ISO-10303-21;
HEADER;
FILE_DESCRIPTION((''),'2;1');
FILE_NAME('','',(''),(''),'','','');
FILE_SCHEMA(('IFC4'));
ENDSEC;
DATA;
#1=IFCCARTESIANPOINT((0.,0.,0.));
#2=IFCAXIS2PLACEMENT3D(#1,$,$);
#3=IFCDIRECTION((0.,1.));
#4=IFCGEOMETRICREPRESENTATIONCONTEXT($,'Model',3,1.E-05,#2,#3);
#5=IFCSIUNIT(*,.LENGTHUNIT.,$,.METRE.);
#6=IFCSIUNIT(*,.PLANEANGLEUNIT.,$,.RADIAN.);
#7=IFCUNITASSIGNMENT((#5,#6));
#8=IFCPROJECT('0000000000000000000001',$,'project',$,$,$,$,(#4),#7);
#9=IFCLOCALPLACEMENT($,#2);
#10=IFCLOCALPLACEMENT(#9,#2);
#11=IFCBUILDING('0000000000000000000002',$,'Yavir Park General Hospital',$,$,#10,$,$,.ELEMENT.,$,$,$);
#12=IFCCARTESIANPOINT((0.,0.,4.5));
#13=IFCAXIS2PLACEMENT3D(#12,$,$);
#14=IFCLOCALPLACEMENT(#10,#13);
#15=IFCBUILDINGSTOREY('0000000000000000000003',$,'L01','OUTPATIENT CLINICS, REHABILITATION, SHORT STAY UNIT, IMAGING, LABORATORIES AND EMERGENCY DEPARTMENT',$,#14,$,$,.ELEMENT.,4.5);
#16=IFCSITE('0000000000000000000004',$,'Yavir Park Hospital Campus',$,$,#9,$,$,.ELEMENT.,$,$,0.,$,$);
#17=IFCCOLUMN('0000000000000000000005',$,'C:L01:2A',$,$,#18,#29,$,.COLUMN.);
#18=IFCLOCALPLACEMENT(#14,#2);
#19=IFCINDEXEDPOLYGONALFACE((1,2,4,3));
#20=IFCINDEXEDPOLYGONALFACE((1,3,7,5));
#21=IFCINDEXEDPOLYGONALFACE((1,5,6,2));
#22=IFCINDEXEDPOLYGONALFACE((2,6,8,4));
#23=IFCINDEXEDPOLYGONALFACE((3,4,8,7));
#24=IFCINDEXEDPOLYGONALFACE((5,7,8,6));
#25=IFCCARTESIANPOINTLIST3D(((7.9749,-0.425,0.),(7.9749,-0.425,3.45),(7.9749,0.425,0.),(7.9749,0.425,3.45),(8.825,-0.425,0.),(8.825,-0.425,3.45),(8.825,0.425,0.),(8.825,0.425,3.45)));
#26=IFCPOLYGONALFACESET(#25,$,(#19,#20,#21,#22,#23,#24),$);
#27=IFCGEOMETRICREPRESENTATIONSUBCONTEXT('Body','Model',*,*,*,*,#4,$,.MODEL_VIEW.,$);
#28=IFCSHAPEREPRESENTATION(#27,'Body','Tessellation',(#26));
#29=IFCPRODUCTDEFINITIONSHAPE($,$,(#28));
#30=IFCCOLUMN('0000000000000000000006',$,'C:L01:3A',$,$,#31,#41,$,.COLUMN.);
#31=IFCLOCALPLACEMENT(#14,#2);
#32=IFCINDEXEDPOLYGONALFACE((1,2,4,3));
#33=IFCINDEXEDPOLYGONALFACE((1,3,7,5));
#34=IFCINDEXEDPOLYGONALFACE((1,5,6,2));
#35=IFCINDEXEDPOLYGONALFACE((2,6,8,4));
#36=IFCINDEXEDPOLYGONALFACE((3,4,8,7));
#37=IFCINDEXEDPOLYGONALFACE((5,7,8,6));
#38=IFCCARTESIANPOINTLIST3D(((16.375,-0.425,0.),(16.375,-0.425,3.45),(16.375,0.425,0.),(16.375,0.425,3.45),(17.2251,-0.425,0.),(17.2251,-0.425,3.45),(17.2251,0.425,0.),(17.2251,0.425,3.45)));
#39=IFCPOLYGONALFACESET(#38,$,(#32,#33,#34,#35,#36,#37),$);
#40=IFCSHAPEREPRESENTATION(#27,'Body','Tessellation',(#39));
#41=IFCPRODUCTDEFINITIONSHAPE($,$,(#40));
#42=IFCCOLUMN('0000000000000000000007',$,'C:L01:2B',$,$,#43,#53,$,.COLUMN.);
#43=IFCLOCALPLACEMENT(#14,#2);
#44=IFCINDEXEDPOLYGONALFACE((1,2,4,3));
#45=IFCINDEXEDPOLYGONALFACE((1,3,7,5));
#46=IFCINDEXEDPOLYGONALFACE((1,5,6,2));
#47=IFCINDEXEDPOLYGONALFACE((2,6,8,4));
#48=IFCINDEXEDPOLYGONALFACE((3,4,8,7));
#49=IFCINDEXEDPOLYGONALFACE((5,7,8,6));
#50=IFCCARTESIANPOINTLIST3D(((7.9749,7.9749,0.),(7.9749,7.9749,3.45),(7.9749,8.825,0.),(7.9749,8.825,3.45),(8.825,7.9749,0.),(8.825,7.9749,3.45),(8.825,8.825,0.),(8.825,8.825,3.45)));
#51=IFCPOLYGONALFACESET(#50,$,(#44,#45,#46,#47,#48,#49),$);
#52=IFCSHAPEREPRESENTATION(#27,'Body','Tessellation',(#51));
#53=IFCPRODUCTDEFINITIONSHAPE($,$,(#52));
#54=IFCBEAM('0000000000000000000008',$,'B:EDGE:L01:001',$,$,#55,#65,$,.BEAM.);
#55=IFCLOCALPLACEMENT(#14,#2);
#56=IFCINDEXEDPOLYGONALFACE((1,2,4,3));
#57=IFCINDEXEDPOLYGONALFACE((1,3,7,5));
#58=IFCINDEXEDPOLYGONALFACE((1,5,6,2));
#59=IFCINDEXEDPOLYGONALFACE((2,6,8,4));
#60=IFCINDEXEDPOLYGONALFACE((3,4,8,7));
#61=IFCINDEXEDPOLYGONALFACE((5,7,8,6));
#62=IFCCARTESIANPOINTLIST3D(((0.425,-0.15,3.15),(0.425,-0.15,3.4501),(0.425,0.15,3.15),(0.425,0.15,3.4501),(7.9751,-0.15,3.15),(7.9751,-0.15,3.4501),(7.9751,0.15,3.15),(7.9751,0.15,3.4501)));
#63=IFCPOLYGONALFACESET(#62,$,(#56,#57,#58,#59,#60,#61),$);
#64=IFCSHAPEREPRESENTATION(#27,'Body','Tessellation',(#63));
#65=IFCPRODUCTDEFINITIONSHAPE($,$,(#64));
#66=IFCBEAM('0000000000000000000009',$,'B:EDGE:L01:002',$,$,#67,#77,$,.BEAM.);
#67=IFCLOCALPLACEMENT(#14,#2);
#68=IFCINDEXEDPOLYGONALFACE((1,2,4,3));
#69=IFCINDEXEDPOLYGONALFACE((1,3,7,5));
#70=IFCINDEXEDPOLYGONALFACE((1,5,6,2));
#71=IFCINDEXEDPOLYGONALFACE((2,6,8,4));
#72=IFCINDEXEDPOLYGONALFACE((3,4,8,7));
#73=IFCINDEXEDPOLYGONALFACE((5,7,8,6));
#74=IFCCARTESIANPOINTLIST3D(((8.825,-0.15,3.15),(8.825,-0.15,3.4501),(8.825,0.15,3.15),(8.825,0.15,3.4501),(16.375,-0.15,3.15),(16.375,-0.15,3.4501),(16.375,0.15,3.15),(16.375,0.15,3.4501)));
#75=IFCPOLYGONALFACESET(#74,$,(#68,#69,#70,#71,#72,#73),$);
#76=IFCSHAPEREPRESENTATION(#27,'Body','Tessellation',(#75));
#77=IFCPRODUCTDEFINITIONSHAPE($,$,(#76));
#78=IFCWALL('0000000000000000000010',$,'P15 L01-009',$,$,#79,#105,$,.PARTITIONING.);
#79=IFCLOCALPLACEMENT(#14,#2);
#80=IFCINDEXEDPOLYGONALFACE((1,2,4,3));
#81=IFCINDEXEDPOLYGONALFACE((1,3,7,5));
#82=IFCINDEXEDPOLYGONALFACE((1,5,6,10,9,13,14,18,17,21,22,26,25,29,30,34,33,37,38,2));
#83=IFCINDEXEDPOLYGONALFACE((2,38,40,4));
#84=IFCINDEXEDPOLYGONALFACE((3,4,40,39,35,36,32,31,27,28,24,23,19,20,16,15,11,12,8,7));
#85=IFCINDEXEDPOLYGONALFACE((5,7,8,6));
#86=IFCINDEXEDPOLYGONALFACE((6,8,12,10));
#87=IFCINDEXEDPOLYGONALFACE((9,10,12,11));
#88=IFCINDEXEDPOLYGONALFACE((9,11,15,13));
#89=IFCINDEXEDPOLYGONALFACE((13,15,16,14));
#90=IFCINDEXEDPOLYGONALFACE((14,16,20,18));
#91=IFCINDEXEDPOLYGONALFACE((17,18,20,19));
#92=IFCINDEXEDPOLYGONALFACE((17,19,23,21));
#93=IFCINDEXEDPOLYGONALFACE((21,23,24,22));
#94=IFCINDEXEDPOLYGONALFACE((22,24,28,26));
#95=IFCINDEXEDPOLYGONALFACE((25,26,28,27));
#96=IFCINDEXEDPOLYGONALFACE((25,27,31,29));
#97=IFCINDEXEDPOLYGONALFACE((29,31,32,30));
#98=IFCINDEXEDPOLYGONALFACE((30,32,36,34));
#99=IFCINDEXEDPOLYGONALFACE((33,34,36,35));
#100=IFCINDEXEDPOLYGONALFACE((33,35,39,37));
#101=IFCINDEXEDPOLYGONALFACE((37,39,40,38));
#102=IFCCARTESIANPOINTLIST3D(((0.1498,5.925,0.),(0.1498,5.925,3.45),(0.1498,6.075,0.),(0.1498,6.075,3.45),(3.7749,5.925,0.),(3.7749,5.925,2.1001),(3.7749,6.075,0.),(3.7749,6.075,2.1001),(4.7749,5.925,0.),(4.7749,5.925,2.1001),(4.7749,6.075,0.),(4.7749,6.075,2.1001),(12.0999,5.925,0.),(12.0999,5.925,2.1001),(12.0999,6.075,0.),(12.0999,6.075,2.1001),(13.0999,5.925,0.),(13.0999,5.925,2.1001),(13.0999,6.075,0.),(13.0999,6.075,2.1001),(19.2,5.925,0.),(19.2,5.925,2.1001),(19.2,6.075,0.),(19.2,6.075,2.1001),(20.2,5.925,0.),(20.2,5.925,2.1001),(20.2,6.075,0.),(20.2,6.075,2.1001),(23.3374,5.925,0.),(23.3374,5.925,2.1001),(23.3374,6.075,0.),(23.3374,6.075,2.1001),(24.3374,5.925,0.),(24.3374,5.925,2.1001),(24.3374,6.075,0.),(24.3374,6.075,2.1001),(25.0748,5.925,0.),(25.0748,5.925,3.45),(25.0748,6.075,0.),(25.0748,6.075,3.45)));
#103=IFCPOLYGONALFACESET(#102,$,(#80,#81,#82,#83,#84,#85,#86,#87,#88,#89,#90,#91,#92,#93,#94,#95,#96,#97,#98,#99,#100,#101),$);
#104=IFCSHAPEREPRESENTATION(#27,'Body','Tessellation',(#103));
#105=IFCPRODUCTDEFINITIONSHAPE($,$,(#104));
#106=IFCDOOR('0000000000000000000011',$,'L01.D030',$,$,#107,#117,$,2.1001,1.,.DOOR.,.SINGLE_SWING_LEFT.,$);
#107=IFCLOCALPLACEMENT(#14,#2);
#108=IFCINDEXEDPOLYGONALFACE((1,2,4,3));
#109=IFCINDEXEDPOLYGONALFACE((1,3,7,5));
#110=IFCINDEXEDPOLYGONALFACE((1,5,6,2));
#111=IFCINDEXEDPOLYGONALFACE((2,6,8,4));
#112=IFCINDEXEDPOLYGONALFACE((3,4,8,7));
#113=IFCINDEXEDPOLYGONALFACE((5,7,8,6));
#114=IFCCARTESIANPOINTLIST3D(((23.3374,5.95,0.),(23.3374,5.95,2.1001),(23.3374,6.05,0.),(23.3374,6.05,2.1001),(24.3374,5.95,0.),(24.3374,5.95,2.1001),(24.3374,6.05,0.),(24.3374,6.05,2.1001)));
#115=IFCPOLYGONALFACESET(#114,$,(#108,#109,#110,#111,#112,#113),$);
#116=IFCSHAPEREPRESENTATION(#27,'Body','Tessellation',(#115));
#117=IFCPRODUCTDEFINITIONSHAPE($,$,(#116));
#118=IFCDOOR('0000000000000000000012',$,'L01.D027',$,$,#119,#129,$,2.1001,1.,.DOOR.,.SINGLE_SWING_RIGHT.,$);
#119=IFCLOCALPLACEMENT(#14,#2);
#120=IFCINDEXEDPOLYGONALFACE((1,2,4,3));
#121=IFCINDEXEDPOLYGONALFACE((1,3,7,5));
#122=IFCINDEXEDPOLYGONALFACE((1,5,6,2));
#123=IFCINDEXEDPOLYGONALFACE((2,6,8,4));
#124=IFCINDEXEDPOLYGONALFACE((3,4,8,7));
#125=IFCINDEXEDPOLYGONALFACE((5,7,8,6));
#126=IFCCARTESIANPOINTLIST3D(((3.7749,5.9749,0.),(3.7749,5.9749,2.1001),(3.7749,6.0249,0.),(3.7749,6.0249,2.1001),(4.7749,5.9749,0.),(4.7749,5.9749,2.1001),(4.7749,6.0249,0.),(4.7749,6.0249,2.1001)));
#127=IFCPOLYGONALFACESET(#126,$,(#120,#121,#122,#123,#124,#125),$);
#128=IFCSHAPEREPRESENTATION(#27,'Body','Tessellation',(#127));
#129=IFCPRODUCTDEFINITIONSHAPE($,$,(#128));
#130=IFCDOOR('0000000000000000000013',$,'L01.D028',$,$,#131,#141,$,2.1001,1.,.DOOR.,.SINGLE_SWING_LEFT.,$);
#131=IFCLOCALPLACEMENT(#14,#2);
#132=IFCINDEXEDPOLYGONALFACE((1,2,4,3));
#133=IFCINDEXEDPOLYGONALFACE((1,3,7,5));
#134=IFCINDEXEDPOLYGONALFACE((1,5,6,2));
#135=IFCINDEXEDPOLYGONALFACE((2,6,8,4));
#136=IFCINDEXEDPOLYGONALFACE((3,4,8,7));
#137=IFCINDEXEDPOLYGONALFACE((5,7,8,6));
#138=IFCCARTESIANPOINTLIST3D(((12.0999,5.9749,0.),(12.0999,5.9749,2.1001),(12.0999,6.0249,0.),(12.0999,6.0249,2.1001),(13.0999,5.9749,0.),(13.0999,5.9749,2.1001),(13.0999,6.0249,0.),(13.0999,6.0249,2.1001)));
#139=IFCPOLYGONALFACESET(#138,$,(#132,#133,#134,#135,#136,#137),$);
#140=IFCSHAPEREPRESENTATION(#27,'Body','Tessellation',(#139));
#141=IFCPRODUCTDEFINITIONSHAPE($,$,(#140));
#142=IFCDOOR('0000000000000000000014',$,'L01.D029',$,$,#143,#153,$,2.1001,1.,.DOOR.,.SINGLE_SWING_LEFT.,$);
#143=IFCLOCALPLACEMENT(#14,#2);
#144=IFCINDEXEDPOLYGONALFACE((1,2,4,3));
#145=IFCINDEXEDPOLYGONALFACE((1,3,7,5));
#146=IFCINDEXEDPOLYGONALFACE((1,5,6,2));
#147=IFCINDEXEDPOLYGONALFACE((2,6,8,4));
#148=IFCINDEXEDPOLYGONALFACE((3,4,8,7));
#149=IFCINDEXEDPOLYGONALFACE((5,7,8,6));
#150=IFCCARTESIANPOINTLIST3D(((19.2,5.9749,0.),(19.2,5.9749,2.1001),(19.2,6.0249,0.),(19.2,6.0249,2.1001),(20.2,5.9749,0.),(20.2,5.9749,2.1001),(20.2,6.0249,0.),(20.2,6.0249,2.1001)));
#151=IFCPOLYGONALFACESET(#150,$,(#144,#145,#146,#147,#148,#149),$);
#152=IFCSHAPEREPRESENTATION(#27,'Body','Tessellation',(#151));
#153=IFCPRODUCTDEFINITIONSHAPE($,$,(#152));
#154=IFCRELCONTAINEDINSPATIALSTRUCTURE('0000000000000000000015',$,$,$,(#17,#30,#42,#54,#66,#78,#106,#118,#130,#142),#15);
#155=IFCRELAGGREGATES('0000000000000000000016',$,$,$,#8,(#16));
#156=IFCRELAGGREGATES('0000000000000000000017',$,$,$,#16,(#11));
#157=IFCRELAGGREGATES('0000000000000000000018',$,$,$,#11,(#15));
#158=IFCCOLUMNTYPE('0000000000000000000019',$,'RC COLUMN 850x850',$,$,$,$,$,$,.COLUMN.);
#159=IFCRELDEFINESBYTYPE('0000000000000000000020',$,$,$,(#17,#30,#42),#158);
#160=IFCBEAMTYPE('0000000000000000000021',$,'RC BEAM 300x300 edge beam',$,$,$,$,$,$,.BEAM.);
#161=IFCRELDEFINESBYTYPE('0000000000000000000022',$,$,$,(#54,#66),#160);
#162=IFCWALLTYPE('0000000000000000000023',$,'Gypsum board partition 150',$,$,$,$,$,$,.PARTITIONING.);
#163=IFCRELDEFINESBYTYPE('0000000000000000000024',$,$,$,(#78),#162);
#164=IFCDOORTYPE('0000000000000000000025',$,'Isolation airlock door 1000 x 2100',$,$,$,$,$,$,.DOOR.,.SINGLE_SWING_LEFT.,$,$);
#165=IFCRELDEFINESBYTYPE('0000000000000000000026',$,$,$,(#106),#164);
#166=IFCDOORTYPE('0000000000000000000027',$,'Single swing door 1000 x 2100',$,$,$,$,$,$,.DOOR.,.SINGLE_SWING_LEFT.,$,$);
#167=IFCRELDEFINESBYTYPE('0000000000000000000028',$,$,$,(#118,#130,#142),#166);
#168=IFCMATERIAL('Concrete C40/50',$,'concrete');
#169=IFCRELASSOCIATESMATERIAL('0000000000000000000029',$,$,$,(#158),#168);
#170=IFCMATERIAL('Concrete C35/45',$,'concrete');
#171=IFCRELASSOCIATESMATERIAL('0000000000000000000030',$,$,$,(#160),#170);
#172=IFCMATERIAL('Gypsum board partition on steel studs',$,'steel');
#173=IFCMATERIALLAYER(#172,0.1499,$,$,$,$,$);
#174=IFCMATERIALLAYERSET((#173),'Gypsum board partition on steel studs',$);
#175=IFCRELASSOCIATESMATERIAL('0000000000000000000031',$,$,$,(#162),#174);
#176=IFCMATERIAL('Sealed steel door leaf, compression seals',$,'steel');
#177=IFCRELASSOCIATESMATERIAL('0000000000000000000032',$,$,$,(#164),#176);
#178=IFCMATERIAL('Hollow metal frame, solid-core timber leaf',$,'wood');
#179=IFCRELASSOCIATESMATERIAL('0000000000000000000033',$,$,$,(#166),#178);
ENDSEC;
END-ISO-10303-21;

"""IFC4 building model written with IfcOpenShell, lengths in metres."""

from ifc_helpers import new_model, si_unit, direction, frame, frame_2d, origin, origin_2d, place, context, subcontext, project, spatial, rectangle, extrude, material, layer, layer_set, material_profile, profile_set, type_object, element, fill, save


model = new_model("IFC4")

# Units and contexts
model_context = context("Model", 3, precision=1e-05, world=origin(), true_north=direction((0.0, 1.0)))
body_context = subcontext(model_context, "Body", "Model", "MODEL_VIEW")
ifc_project = project(units=[si_unit("LENGTHUNIT", "METRE"), si_unit("PLANEANGLEUNIT", "RADIAN")], contexts=[model_context])

# Site, building, storey
site_placement = place(None, origin())
site = spatial("IfcSite", under=ifc_project, at=site_placement, Name="Yavir Park Hospital Campus", CompositionType="ELEMENT", RefElevation=0.0)
building_placement = place(site_placement, origin())
building = spatial("IfcBuilding", under=site, at=building_placement, Name="Yavir Park General Hospital", CompositionType="ELEMENT")
storey_placement = place(building_placement, frame((0.0, 0.0, 4.5)))
storey = spatial("IfcBuildingStorey", under=building, at=storey_placement, Name="L01", Description="OUTPATIENT CLINICS, REHABILITATION, SHORT STAY UNIT, IMAGING, LABORATORIES AND EMERGENCY DEPARTMENT", CompositionType="ELEMENT", Elevation=4.5)

# Columns
ifc_material_1 = material(Name="Concrete C40/50", Category="concrete")
ifc_material_profile_1 = material_profile(ifc_material_1, rectangle(XDim=0.8501, YDim=0.8501, at=origin_2d()), Name="RC850x850")
ifc_profile_set_1 = profile_set([ifc_material_profile_1], Name="Concrete C40/50")
column_type = type_object("IfcColumnType", Name="RC COLUMN 850x850", PredefinedType="COLUMN", material=ifc_profile_set_1)
for number, where, z_axis, x_axis, name in (
    (1, (8.3999, 0.0, 0.0), (0.0, 0.0, 1.0), (1.0, 0.0, 0.0), "C:L01:2A"),
    (2, (16.8, 0.0, 0.0), (0.0, 0.0, 1.0), (1.0, 0.0, 0.0), "C:L01:3A"),
    (3, (8.3999, 8.3999, 0.0), (0.0, 0.0, 1.0), (1.0, 0.0, 0.0), "C:L01:2B"),
):
    element("IfcColumn", number, at=place(storey_placement, frame(where, z_axis=z_axis, x_axis=x_axis)), inside=storey, type_object=column_type, Name=name, PredefinedType="COLUMN", context=body_context, shape_type="SweptSolid", body=[
        extrude(rectangle(XDim=0.8501, YDim=0.8501, at=origin_2d()), origin(), (0.0, 0.0, 1.0), 3.45),
    ])

# Beams
ifc_material_2 = material(Name="Concrete C35/45", Category="concrete")
ifc_material_profile_2 = material_profile(ifc_material_2, rectangle(XDim=0.3, YDim=0.3, at=origin_2d()), Name="RC300x300")
ifc_profile_set_2 = profile_set([ifc_material_profile_2], Name="Concrete C35/45")
beam_type = type_object("IfcBeamType", Name="RC BEAM 300x300 edge beam", PredefinedType="BEAM", material=ifc_profile_set_2)
for number, where, z_axis, x_axis, name in (
    (4, (0.425, 0.0, 3.3), (1.0, 0.0, 0.0), (0.0, 1.0, 0.0), "B:EDGE:L01:001"),
    (5, (8.825, 0.0, 3.3), (1.0, 0.0, 0.0), (0.0, 1.0, 0.0), "B:EDGE:L01:002"),
):
    element("IfcBeam", number, at=place(storey_placement, frame(where, z_axis=z_axis, x_axis=x_axis)), inside=storey, type_object=beam_type, Name=name, PredefinedType="BEAM", context=body_context, shape_type="SweptSolid", body=[
        extrude(rectangle(XDim=0.3, YDim=0.3, at=origin_2d()), origin(), (0.0, 0.0, 1.0), 7.55),
    ])

# Wall, openings, doors
ifc_material_3 = material(Name="Gypsum board partition on steel studs", Category="steel")
ifc_layer_1 = layer(ifc_material_3, 0.1499)
ifc_layer_set_1 = layer_set([ifc_layer_1], Name="Gypsum board partition on steel studs")
wall_type_1 = type_object("IfcWallType", Name="Gypsum board partition 150", PredefinedType="PARTITIONING", material=ifc_layer_set_1)
wall_1_placement = place(storey_placement, frame((0.1499, 6.0, 0.0), z_axis=(0.0, 0.0, 1.0), x_axis=(1.0, 0.0, 0.0)))
wall_1 = element("IfcWall", 6, at=wall_1_placement, inside=storey, type_object=wall_type_1, Name="P15 L01-009", PredefinedType="PARTITIONING", context=body_context, shape_type="SweptSolid", body=[
    extrude(rectangle(XDim=24.925, YDim=0.1499, at=frame_2d((12.4624, 0.0))), origin(), (0.0, 0.0, 1.0), 3.45),
])
opening_1_placement = place(wall_1_placement, frame((3.625, 0.0, 0.0)))
opening_1 = element("IfcOpeningElement", 7, at=opening_1_placement, cuts=wall_1, PredefinedType="OPENING", context=body_context, shape_type="SweptSolid", body=[
    extrude(rectangle(XDim=1.0, YDim=2.1001, at=frame_2d((0.5, 1.05))), frame((0.0, 0.085, 0.0), z_axis=(0.0, -1.0, 0.0), x_axis=(1.0, 0.0, 0.0)), (0.0, 0.0, 1.0), 0.1699),
])
opening_2_placement = place(wall_1_placement, frame((11.95, 0.0, 0.0)))
opening_2 = element("IfcOpeningElement", 8, at=opening_2_placement, cuts=wall_1, PredefinedType="OPENING", context=body_context, shape_type="SweptSolid", body=[
    extrude(rectangle(XDim=1.0, YDim=2.1001, at=frame_2d((0.5, 1.05))), frame((0.0, 0.085, 0.0), z_axis=(0.0, -1.0, 0.0), x_axis=(1.0, 0.0, 0.0)), (0.0, 0.0, 1.0), 0.1699),
])
opening_3_placement = place(wall_1_placement, frame((19.05, 0.0, 0.0)))
opening_3 = element("IfcOpeningElement", 9, at=opening_3_placement, cuts=wall_1, PredefinedType="OPENING", context=body_context, shape_type="SweptSolid", body=[
    extrude(rectangle(XDim=1.0, YDim=2.1001, at=frame_2d((0.5, 1.05))), frame((0.0, 0.085, 0.0), z_axis=(0.0, -1.0, 0.0), x_axis=(1.0, 0.0, 0.0)), (0.0, 0.0, 1.0), 0.1699),
])
opening_4_placement = place(wall_1_placement, frame((23.1875, 0.0, 0.0)))
opening_4 = element("IfcOpeningElement", 10, at=opening_4_placement, cuts=wall_1, PredefinedType="OPENING", context=body_context, shape_type="SweptSolid", body=[
    extrude(rectangle(XDim=1.0, YDim=2.1001, at=frame_2d((0.5, 1.05))), frame((0.0, 0.085, 0.0), z_axis=(0.0, -1.0, 0.0), x_axis=(1.0, 0.0, 0.0)), (0.0, 0.0, 1.0), 0.1699),
])
ifc_material_4 = material(Name="Sealed steel door leaf, compression seals", Category="steel")
door_type_1 = type_object("IfcDoorType", Name="Isolation airlock door 1000 x 2100", OperationType="SINGLE_SWING_LEFT", PredefinedType="DOOR", material=ifc_material_4)
door_1_placement = place(opening_4_placement, origin())
door_1 = element("IfcDoor", 11, at=door_1_placement, inside=storey, type_object=door_type_1, Name="L01.D030", OperationType="SINGLE_SWING_LEFT", OverallHeight=2.1001, OverallWidth=1.0, PredefinedType="DOOR", context=body_context, shape_type="SweptSolid", body=[
    extrude(rectangle(XDim=1.0, YDim=2.1001, at=frame_2d((0.5, 1.05))), frame((0.0, 0.05, 0.0), z_axis=(0.0, -1.0, 0.0), x_axis=(1.0, 0.0, 0.0)), (0.0, 0.0, 1.0), 0.1001),
])
fill(opening_4, door_1)
ifc_material_5 = material(Name="Hollow metal frame, solid-core timber leaf", Category="wood")
door_type_2 = type_object("IfcDoorType", Name="Single swing door 1000 x 2100", OperationType="SINGLE_SWING_LEFT", PredefinedType="DOOR", material=ifc_material_5)
door_2_placement = place(opening_1_placement, origin())
door_2 = element("IfcDoor", 12, at=door_2_placement, inside=storey, type_object=door_type_2, Name="L01.D027", OperationType="SINGLE_SWING_RIGHT", OverallHeight=2.1001, OverallWidth=1.0, PredefinedType="DOOR", context=body_context, shape_type="SweptSolid", body=[
    extrude(rectangle(XDim=1.0, YDim=2.1001, at=frame_2d((0.5, 1.05))), frame((0.0, 0.0249, 0.0), z_axis=(0.0, -1.0, 0.0), x_axis=(1.0, 0.0, 0.0)), (0.0, 0.0, 1.0), 0.05),
])
fill(opening_1, door_2)
door_3_placement = place(opening_2_placement, origin())
door_3 = element("IfcDoor", 13, at=door_3_placement, inside=storey, type_object=door_type_2, Name="L01.D028", OperationType="SINGLE_SWING_LEFT", OverallHeight=2.1001, OverallWidth=1.0, PredefinedType="DOOR", context=body_context, shape_type="SweptSolid", body=[
    extrude(rectangle(XDim=1.0, YDim=2.1001, at=frame_2d((0.5, 1.05))), frame((0.0, 0.0249, 0.0), z_axis=(0.0, -1.0, 0.0), x_axis=(1.0, 0.0, 0.0)), (0.0, 0.0, 1.0), 0.05),
])
fill(opening_2, door_3)
door_4_placement = place(opening_3_placement, origin())
door_4 = element("IfcDoor", 14, at=door_4_placement, inside=storey, type_object=door_type_2, Name="L01.D029", OperationType="SINGLE_SWING_LEFT", OverallHeight=2.1001, OverallWidth=1.0, PredefinedType="DOOR", context=body_context, shape_type="SweptSolid", body=[
    extrude(rectangle(XDim=1.0, YDim=2.1001, at=frame_2d((0.5, 1.05))), frame((0.0, 0.0249, 0.0), z_axis=(0.0, -1.0, 0.0), x_axis=(1.0, 0.0, 0.0)), (0.0, 0.0, 1.0), 0.05),
])
fill(opening_3, door_4)

save(model, "model.ifc")
